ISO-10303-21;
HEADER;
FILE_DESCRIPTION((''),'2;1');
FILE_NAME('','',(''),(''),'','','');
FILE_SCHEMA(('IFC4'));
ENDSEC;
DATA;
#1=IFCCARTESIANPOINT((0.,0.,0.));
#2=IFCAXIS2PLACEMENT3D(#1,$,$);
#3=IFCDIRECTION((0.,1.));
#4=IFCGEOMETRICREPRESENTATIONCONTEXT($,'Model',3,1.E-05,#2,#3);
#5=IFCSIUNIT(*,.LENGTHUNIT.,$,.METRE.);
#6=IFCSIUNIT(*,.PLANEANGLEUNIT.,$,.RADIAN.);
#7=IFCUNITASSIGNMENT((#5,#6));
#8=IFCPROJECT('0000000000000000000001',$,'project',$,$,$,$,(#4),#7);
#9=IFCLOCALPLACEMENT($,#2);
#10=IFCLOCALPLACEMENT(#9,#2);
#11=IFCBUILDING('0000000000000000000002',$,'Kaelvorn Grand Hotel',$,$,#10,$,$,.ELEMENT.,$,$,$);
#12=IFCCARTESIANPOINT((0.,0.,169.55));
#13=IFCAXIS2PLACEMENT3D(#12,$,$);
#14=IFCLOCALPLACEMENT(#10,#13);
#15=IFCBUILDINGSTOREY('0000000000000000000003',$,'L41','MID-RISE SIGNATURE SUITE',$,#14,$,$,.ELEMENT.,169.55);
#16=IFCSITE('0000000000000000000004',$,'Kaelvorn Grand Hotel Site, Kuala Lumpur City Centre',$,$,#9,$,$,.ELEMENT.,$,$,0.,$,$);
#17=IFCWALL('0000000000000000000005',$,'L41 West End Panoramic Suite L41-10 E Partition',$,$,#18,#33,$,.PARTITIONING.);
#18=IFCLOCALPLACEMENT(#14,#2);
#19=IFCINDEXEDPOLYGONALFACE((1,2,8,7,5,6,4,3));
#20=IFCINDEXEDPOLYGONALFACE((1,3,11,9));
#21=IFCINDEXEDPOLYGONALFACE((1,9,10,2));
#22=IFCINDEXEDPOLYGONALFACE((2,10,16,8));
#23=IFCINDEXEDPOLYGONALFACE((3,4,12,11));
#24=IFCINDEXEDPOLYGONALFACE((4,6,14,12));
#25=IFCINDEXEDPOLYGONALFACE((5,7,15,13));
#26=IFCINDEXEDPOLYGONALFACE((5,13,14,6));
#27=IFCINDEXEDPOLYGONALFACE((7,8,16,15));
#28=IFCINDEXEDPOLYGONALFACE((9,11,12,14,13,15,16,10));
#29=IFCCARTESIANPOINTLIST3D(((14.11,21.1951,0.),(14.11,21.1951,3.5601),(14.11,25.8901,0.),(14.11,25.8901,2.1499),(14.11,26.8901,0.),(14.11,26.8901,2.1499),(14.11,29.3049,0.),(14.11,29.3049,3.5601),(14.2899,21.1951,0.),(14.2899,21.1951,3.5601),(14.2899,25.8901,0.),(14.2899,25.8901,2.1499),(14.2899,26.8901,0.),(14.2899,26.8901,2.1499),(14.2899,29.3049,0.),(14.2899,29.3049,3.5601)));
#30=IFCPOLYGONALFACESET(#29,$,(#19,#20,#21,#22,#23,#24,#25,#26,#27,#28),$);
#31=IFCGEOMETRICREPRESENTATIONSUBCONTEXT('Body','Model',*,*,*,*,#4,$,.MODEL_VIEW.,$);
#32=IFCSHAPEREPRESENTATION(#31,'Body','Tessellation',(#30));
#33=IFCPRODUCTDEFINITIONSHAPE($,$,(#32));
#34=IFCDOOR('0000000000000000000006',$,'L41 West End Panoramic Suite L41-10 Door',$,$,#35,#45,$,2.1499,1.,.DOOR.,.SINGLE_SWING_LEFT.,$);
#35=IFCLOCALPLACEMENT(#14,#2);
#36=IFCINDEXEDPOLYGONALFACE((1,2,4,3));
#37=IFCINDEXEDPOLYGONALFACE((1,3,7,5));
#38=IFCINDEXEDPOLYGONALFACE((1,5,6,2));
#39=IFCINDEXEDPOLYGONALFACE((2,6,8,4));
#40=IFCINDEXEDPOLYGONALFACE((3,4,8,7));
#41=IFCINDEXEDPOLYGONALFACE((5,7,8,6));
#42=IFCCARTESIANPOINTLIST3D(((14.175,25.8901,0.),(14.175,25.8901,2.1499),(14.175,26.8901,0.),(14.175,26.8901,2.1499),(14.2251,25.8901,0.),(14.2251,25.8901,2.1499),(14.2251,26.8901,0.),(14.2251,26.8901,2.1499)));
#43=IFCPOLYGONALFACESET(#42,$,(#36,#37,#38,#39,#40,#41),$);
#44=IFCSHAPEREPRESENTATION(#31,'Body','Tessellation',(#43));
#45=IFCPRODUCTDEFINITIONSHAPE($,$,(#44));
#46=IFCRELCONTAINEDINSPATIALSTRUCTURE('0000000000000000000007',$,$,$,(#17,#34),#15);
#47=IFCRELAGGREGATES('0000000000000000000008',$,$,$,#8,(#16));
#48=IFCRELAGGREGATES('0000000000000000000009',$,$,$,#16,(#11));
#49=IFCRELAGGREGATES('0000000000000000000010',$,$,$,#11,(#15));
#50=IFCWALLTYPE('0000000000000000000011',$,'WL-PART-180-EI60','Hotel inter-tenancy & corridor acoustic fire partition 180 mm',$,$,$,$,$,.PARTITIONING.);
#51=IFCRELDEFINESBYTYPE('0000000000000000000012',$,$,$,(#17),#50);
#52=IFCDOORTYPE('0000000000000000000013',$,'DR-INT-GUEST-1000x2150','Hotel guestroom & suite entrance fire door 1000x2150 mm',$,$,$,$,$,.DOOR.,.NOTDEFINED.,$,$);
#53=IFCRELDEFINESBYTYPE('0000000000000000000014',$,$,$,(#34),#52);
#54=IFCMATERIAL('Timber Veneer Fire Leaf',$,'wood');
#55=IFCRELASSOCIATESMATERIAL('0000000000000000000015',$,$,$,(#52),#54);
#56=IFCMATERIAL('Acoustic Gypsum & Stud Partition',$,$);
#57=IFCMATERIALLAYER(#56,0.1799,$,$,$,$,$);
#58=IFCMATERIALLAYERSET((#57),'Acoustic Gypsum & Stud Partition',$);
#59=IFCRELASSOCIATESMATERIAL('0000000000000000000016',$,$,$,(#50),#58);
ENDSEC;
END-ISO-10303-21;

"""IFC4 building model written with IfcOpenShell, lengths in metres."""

from ifc_helpers import new_model, si_unit, direction, frame, frame_2d, origin, place, context, subcontext, project, spatial, rectangle, extrude, material, layer, layer_set, type_object, element, fill, save


model = new_model("IFC4")

# Units and contexts
model_context = context("Model", 3, precision=1e-05, world=origin(), true_north=direction((0.0, 1.0)))
body_context = subcontext(model_context, "Body", "Model", "MODEL_VIEW")
ifc_project = project(units=[si_unit("LENGTHUNIT", "METRE"), si_unit("PLANEANGLEUNIT", "RADIAN")], contexts=[model_context])

# Site, building, storey
site_placement = place(None, origin())
site = spatial("IfcSite", under=ifc_project, at=site_placement, Name="Kaelvorn Grand Hotel Site, Kuala Lumpur City Centre", CompositionType="ELEMENT", RefElevation=0.0)
building_placement = place(site_placement, origin())
building = spatial("IfcBuilding", under=site, at=building_placement, Name="Kaelvorn Grand Hotel", CompositionType="ELEMENT")
storey_placement = place(building_placement, frame((0.0, 0.0, 169.55)))
storey = spatial("IfcBuildingStorey", under=building, at=storey_placement, Name="L41", Description="MID-RISE SIGNATURE SUITE", CompositionType="ELEMENT", Elevation=169.55)

# Shared definitions
ifc_material_1 = material(Name="Acoustic Gypsum & Stud Partition")
ifc_material_2 = material(Name="Timber Veneer Fire Leaf", Category="wood")
door_type = type_object("IfcDoorType", Name="DR-INT-GUEST-1000x2150", Description="Hotel guestroom & suite entrance fire door 1000x2150 mm", OperationType="NOTDEFINED", PredefinedType="DOOR", material=ifc_material_2)

# Shared definitions
ifc_layer_1 = layer(ifc_material_1, 0.1799)
ifc_layer_set_1 = layer_set([ifc_layer_1], Name="Acoustic Gypsum & Stud Partition")
wall_type_1 = type_object("IfcWallType", Name="WL-PART-180-EI60", Description="Hotel inter-tenancy & corridor acoustic fire partition 180 mm", PredefinedType="PARTITIONING", material=ifc_layer_set_1)

# Wall, opening, door
wall_1_placement = place(storey_placement, frame((14.2, 21.1951, 0.0), z_axis=(0.0, 0.0, 1.0), x_axis=(0.0, 1.0, 0.0)))
wall_1 = element("IfcWall", 1, at=wall_1_placement, inside=storey, type_object=wall_type_1, Name="L41 West End Panoramic Suite L41-10 E Partition", PredefinedType="PARTITIONING", context=body_context, shape_type="SweptSolid", body=[
    extrude(rectangle(XDim=8.1099, YDim=0.1799, at=frame_2d((4.0549, 0.0))), origin(), (0.0, 0.0, 1.0), 3.5601),
])
opening_1_placement = place(wall_1_placement, frame((4.6951, 0.0, 0.0)))
opening_1 = element("IfcOpeningElement", 2, at=opening_1_placement, cuts=wall_1, PredefinedType="OPENING", context=body_context, shape_type="SweptSolid", body=[
    extrude(rectangle(XDim=1.0, YDim=2.1499, at=frame_2d((0.5, 1.075))), frame((0.0, 0.1001, 0.0), z_axis=(0.0, -1.0, 0.0), x_axis=(1.0, 0.0, 0.0)), (0.0, 0.0, 1.0), 0.2),
])
door_1_placement = place(opening_1_placement, origin())
door_1 = element("IfcDoor", 3, at=door_1_placement, inside=storey, type_object=door_type, Name="L41 West End Panoramic Suite L41-10 Door", OperationType="SINGLE_SWING_LEFT", OverallHeight=2.1499, OverallWidth=1.0, PredefinedType="DOOR", context=body_context, shape_type="SweptSolid", body=[
    extrude(rectangle(XDim=1.0, YDim=2.1499, at=frame_2d((0.5, 1.075))), frame((0.0, 0.0249, 0.0), z_axis=(0.0, -1.0, 0.0), x_axis=(1.0, 0.0, 0.0)), (0.0, 0.0, 1.0), 0.05),
])
fill(opening_1, door_1)

save(model, "model.ifc")
